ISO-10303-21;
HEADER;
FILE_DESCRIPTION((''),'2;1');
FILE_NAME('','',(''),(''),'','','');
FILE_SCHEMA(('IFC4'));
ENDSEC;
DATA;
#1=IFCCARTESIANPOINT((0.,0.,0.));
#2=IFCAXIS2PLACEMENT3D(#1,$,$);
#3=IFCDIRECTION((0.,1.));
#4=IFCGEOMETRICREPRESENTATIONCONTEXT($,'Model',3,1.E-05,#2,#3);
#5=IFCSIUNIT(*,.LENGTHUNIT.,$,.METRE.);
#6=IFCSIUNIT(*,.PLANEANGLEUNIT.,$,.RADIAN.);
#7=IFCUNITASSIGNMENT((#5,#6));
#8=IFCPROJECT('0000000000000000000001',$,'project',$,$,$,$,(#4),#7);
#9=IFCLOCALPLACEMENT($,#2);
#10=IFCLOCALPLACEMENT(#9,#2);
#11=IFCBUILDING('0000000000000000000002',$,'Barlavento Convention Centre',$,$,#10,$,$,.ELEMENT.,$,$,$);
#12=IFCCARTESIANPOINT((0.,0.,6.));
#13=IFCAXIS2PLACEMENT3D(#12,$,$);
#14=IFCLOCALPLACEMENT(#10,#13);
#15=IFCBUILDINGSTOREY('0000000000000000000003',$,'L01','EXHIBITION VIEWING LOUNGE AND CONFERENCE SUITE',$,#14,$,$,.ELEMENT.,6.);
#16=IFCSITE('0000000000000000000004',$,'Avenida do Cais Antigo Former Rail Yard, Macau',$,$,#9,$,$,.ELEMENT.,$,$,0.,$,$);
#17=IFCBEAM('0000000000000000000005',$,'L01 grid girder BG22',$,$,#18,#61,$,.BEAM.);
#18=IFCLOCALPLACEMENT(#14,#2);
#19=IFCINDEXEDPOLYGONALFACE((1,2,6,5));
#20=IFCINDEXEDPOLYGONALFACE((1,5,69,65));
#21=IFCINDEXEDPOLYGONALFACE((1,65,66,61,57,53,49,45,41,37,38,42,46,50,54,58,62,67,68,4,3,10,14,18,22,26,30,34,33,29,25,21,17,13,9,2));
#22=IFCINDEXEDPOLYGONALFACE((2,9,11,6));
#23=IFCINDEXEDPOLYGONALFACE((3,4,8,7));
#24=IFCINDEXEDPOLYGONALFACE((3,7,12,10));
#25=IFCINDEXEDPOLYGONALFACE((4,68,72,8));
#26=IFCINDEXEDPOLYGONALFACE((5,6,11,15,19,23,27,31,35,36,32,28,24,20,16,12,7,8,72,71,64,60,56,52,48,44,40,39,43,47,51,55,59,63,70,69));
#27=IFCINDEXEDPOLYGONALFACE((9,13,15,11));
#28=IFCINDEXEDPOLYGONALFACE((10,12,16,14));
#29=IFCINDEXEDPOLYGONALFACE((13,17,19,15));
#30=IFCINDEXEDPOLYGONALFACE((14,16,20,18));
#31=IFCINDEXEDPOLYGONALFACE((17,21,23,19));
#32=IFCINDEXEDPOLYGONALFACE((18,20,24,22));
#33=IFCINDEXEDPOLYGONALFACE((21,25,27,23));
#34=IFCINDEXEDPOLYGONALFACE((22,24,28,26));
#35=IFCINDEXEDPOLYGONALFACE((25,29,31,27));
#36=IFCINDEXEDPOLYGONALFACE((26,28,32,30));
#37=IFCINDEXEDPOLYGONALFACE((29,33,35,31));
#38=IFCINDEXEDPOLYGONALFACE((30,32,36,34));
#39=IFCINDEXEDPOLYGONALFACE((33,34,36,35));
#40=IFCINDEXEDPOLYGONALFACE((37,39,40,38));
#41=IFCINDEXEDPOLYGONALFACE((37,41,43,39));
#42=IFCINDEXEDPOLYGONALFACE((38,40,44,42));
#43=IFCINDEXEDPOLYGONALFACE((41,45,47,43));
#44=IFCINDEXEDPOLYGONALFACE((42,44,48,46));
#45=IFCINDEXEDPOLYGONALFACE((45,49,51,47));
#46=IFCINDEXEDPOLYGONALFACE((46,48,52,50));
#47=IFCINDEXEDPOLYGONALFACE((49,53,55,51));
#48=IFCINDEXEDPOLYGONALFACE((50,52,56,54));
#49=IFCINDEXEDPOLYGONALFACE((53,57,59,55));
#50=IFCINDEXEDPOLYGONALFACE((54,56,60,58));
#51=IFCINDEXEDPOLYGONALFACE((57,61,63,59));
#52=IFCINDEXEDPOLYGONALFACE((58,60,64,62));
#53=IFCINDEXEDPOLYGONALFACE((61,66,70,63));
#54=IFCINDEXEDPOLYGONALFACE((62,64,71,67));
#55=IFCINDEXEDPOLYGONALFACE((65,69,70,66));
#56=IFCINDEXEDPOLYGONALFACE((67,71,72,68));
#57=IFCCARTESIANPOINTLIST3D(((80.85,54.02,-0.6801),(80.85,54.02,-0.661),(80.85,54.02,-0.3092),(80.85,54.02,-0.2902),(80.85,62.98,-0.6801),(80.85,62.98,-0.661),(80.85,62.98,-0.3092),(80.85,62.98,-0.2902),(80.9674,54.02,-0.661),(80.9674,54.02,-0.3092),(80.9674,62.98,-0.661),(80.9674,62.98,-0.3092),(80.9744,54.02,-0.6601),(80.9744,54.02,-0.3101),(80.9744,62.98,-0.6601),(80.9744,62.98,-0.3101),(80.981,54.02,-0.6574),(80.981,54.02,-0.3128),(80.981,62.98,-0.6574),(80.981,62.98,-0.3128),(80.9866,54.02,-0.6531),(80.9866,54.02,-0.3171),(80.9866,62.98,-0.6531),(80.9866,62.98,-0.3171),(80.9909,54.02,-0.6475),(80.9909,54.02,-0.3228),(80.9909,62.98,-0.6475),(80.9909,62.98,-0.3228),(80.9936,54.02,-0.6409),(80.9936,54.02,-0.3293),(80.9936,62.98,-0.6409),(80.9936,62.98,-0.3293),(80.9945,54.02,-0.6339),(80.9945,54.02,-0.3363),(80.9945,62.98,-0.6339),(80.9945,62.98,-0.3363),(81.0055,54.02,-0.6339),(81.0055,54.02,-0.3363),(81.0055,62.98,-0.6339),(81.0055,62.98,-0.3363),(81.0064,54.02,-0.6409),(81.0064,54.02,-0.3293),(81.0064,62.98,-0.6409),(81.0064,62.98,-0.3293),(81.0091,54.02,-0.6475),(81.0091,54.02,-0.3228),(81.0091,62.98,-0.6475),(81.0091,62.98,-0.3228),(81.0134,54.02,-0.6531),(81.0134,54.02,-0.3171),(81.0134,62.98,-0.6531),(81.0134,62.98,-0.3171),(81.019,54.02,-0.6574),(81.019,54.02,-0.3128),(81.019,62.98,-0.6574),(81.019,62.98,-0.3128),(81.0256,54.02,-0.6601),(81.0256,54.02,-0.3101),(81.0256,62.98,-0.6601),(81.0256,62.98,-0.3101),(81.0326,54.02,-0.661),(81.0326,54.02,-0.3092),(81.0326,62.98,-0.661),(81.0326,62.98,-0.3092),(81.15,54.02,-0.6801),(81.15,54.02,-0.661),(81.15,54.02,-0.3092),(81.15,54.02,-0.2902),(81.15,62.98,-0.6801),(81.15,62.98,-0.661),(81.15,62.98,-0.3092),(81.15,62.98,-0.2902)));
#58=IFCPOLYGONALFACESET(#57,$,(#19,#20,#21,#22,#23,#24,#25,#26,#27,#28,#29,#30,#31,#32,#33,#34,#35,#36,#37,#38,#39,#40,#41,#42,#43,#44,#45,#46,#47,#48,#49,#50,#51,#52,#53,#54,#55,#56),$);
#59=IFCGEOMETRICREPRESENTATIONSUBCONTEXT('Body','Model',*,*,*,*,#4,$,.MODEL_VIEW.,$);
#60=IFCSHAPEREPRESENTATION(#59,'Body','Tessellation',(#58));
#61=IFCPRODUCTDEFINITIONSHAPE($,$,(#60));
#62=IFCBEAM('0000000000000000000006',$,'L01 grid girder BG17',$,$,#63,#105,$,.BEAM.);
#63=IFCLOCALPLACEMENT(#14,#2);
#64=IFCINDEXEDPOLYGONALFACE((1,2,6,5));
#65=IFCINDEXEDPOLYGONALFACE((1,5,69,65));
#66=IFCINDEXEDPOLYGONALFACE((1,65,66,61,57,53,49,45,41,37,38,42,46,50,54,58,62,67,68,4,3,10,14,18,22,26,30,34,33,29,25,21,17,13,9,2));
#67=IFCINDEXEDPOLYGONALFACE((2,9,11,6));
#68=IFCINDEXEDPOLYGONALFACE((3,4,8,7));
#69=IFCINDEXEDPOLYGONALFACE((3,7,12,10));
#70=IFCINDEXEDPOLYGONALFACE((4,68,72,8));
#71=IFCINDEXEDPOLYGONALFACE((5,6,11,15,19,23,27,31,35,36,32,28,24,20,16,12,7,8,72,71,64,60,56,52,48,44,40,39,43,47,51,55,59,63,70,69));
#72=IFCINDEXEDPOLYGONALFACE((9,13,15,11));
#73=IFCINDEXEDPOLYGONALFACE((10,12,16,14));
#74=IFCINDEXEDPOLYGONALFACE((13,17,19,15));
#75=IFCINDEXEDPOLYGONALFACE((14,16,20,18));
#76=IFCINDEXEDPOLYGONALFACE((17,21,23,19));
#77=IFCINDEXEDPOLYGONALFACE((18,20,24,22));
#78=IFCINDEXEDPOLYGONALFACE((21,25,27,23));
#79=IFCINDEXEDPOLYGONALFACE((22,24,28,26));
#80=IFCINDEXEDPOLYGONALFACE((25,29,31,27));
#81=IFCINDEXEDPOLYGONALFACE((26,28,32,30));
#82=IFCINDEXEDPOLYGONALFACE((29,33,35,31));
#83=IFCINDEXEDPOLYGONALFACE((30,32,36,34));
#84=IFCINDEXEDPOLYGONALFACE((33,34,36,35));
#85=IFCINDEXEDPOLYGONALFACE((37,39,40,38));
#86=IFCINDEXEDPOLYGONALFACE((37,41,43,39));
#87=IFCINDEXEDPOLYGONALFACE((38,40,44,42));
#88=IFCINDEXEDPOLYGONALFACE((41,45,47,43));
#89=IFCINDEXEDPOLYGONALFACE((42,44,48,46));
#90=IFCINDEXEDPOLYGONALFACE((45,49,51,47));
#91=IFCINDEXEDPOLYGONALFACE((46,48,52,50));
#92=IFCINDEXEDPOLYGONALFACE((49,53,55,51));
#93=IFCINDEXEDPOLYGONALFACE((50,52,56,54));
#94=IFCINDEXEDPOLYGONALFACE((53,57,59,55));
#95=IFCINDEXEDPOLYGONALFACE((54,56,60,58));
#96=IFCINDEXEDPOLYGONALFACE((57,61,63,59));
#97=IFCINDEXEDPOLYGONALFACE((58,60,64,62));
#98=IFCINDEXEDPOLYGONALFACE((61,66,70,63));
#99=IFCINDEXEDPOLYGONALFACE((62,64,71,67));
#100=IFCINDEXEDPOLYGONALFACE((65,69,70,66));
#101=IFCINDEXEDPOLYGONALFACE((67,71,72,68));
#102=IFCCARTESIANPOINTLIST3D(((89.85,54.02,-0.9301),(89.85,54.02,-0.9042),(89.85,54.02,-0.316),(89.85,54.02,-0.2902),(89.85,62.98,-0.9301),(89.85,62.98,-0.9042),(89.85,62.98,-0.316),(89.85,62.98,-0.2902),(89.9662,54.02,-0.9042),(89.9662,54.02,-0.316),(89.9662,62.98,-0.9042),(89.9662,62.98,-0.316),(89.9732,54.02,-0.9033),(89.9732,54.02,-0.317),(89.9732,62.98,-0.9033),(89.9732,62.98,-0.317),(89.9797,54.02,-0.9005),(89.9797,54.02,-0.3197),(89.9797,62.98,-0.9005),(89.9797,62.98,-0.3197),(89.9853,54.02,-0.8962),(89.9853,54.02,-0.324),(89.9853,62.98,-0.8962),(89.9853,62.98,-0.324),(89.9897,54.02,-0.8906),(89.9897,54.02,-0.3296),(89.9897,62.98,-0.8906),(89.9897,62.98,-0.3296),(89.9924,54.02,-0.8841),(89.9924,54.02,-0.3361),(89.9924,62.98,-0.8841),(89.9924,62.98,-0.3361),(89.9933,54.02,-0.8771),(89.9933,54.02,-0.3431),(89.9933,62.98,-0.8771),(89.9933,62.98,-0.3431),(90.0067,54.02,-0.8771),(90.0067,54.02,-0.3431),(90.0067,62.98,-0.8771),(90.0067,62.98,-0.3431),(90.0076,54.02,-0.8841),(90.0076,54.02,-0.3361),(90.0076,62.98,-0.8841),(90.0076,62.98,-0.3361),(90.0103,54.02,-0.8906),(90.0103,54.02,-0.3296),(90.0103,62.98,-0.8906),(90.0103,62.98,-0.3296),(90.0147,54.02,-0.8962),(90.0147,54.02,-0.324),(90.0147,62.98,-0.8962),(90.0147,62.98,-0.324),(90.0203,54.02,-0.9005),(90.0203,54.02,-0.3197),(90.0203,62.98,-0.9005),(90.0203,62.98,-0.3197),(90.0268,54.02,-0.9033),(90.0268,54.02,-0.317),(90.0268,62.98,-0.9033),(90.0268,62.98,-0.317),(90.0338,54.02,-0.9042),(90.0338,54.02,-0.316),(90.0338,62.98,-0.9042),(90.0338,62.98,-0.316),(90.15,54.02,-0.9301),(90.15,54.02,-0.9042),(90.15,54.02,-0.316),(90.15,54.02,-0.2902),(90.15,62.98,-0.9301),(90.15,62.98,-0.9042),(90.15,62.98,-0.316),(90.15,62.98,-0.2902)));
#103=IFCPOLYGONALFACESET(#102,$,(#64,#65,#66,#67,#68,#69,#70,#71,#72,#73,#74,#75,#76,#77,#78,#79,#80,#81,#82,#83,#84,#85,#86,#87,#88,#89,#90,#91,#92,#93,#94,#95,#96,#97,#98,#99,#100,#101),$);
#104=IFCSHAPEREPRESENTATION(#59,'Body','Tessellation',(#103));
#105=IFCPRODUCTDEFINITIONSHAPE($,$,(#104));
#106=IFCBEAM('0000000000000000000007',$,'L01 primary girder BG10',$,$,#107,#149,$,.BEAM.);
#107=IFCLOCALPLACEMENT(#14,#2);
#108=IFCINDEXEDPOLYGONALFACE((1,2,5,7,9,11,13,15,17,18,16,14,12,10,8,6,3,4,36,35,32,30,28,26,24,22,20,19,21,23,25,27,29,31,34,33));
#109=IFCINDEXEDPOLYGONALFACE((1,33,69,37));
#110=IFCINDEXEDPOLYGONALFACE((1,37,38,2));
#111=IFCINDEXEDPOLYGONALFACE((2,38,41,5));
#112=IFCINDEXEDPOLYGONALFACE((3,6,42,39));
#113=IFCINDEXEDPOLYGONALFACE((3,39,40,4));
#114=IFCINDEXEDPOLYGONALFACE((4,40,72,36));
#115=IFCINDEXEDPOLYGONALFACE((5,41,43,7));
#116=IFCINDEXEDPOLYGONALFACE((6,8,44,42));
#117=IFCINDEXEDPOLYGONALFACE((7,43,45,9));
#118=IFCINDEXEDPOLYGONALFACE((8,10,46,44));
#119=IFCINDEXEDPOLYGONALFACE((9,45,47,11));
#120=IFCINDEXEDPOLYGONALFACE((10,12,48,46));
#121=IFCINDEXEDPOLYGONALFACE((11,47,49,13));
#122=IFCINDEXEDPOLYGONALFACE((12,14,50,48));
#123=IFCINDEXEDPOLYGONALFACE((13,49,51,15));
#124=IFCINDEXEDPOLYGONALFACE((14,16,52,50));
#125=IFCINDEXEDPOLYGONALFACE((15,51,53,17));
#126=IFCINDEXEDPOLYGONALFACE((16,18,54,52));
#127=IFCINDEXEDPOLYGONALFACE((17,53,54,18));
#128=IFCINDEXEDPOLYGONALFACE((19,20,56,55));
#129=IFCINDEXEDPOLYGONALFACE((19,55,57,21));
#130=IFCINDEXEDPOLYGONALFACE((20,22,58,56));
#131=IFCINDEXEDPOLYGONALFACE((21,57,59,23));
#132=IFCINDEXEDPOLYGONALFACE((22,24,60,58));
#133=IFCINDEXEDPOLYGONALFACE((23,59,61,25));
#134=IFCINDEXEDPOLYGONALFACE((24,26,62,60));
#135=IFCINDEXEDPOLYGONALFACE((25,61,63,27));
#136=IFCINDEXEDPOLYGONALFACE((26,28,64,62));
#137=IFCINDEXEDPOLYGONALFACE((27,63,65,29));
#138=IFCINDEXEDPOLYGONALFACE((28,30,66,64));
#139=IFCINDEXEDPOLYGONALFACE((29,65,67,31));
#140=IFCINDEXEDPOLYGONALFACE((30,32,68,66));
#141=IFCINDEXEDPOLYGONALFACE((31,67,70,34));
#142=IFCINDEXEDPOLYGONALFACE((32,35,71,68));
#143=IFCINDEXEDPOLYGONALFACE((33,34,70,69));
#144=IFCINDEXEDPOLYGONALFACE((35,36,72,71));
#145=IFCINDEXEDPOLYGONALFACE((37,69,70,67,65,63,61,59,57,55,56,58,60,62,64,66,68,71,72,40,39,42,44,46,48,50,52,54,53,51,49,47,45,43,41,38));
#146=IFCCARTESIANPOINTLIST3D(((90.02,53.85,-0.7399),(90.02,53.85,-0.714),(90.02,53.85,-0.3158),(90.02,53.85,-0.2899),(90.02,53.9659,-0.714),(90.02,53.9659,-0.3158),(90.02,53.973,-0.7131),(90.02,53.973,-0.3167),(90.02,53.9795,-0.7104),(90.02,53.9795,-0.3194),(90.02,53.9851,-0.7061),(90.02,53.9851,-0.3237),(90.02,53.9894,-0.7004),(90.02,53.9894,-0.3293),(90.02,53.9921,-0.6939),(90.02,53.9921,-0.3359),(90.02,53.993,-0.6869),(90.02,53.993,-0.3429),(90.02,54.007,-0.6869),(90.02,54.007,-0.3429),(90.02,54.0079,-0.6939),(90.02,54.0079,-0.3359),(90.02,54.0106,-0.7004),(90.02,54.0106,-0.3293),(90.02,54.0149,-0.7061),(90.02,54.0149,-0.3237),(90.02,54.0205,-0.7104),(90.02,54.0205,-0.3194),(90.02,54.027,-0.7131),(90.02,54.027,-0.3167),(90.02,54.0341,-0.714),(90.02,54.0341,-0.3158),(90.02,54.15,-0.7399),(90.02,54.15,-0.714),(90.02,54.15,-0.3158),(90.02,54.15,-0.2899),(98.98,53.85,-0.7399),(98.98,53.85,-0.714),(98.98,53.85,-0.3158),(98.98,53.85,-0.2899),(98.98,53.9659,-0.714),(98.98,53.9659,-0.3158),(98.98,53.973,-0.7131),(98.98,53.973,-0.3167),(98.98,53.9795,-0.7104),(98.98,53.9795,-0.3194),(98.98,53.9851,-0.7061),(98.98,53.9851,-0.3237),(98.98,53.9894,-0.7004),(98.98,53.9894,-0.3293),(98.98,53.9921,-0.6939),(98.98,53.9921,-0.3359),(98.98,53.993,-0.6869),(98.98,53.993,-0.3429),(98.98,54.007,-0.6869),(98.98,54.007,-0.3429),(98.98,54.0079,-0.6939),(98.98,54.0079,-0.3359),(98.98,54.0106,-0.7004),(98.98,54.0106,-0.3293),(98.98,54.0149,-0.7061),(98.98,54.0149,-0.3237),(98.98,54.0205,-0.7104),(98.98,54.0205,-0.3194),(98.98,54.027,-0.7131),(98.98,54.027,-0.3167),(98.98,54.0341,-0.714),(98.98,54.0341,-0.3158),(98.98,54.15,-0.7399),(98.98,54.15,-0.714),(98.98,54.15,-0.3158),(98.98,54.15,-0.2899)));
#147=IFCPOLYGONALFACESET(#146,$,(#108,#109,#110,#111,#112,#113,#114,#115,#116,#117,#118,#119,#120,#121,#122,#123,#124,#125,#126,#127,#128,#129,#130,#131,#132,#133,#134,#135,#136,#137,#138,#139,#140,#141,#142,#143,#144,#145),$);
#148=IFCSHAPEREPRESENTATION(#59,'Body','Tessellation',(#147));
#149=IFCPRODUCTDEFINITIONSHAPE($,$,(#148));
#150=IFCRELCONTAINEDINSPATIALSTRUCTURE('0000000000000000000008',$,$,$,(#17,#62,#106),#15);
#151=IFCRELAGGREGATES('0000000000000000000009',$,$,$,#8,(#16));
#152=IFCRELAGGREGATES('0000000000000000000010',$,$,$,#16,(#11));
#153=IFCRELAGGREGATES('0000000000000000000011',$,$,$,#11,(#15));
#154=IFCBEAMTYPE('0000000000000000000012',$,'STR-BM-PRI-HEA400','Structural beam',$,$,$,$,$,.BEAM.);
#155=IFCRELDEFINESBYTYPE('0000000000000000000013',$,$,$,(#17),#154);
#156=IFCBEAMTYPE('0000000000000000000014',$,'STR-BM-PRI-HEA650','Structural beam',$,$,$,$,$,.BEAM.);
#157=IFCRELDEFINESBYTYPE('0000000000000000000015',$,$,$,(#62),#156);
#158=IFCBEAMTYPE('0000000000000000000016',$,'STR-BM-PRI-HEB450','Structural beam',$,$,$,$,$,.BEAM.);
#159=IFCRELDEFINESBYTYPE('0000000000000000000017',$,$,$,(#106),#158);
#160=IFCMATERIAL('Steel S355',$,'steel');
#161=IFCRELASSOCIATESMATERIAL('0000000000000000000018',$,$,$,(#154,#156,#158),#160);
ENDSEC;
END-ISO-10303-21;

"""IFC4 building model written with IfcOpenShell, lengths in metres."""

from ifc_helpers import new_model, si_unit, direction, frame, origin, origin_2d, place, context, subcontext, project, spatial, i_section, extrude, material, material_profile, profile_set, type_object, element, save


model = new_model("IFC4")

# Units and contexts
model_context = context("Model", 3, precision=1e-05, world=origin(), true_north=direction((0.0, 1.0)))
body_context = subcontext(model_context, "Body", "Model", "MODEL_VIEW")
ifc_project = project(units=[si_unit("LENGTHUNIT", "METRE"), si_unit("PLANEANGLEUNIT", "RADIAN")], contexts=[model_context])

# Site, building, storey
site_placement = place(None, origin())
site = spatial("IfcSite", under=ifc_project, at=site_placement, Name="Avenida do Cais Antigo Former Rail Yard, Macau", CompositionType="ELEMENT", RefElevation=0.0)
building_placement = place(site_placement, origin())
building = spatial("IfcBuilding", under=site, at=building_placement, Name="Barlavento Convention Centre", CompositionType="ELEMENT")
storey_placement = place(building_placement, frame((0.0, 0.0, 6.0)))
storey = spatial("IfcBuildingStorey", under=building, at=storey_placement, Name="L01", Description="EXHIBITION VIEWING LOUNGE AND CONFERENCE SUITE", CompositionType="ELEMENT", Elevation=6.0)

# Shared definitions
ifc_material_1 = material(Name="Steel S355", Category="steel")

# Beams
ifc_material_profile_1 = material_profile(ifc_material_1, i_section(OverallWidth=0.3, OverallDepth=0.3899, WebThickness=0.011, FlangeThickness=0.019, FilletRadius=0.0271, at=origin_2d()), Name="HEA 400")
ifc_profile_set_1 = profile_set([ifc_material_profile_1], Name="Steel S355")
beam_type_1 = type_object("IfcBeamType", Name="STR-BM-PRI-HEA400", Description="Structural beam", PredefinedType="BEAM", material=ifc_profile_set_1)
beam_1_placement = place(storey_placement, frame((81.0, 54.02, -0.4851), z_axis=(0.0, 1.0, 0.0), x_axis=(-1.0, 0.0, 0.0)))
element("IfcBeam", 1, at=beam_1_placement, inside=storey, type_object=beam_type_1, Name="L01 grid girder BG22", PredefinedType="BEAM", context=body_context, shape_type="SweptSolid", body=[
    extrude(i_section(OverallWidth=0.3, OverallDepth=0.3899, WebThickness=0.011, FlangeThickness=0.019, FilletRadius=0.0271, at=origin_2d()), origin(), (0.0, 0.0, 1.0), 8.96),
])
ifc_material_profile_2 = material_profile(ifc_material_1, i_section(OverallWidth=0.3, OverallDepth=0.6399, WebThickness=0.0134, FlangeThickness=0.0259, FilletRadius=0.0271, at=origin_2d()), Name="HEA 650")
ifc_profile_set_2 = profile_set([ifc_material_profile_2], Name="Steel S355")
beam_type_2 = type_object("IfcBeamType", Name="STR-BM-PRI-HEA650", Description="Structural beam", PredefinedType="BEAM", material=ifc_profile_set_2)
beam_2_placement = place(storey_placement, frame((90.0, 54.02, -0.6101), z_axis=(0.0, 1.0, 0.0), x_axis=(-1.0, 0.0, 0.0)))
element("IfcBeam", 2, at=beam_2_placement, inside=storey, type_object=beam_type_2, Name="L01 grid girder BG17", PredefinedType="BEAM", context=body_context, shape_type="SweptSolid", body=[
    extrude(i_section(OverallWidth=0.3, OverallDepth=0.6399, WebThickness=0.0134, FlangeThickness=0.0259, FilletRadius=0.0271, at=origin_2d()), origin(), (0.0, 0.0, 1.0), 8.96),
])
ifc_material_profile_3 = material_profile(ifc_material_1, i_section(OverallWidth=0.3, OverallDepth=0.45, WebThickness=0.0139, FlangeThickness=0.0259, FilletRadius=0.0271, at=origin_2d()), Name="HEB 450")
ifc_profile_set_3 = profile_set([ifc_material_profile_3], Name="Steel S355")
beam_type_3 = type_object("IfcBeamType", Name="STR-BM-PRI-HEB450", Description="Structural beam", PredefinedType="BEAM", material=ifc_profile_set_3)
beam_3_placement = place(storey_placement, frame((90.02, 54.0, -0.5149), z_axis=(1.0, 0.0, 0.0), x_axis=(0.0, 1.0, 0.0)))
element("IfcBeam", 3, at=beam_3_placement, inside=storey, type_object=beam_type_3, Name="L01 primary girder BG10", PredefinedType="BEAM", context=body_context, shape_type="SweptSolid", body=[
    extrude(i_section(OverallWidth=0.3, OverallDepth=0.45, WebThickness=0.0139, FlangeThickness=0.0259, FilletRadius=0.0271, at=origin_2d()), origin(), (0.0, 0.0, 1.0), 8.96),
])

save(model, "model.ifc")
